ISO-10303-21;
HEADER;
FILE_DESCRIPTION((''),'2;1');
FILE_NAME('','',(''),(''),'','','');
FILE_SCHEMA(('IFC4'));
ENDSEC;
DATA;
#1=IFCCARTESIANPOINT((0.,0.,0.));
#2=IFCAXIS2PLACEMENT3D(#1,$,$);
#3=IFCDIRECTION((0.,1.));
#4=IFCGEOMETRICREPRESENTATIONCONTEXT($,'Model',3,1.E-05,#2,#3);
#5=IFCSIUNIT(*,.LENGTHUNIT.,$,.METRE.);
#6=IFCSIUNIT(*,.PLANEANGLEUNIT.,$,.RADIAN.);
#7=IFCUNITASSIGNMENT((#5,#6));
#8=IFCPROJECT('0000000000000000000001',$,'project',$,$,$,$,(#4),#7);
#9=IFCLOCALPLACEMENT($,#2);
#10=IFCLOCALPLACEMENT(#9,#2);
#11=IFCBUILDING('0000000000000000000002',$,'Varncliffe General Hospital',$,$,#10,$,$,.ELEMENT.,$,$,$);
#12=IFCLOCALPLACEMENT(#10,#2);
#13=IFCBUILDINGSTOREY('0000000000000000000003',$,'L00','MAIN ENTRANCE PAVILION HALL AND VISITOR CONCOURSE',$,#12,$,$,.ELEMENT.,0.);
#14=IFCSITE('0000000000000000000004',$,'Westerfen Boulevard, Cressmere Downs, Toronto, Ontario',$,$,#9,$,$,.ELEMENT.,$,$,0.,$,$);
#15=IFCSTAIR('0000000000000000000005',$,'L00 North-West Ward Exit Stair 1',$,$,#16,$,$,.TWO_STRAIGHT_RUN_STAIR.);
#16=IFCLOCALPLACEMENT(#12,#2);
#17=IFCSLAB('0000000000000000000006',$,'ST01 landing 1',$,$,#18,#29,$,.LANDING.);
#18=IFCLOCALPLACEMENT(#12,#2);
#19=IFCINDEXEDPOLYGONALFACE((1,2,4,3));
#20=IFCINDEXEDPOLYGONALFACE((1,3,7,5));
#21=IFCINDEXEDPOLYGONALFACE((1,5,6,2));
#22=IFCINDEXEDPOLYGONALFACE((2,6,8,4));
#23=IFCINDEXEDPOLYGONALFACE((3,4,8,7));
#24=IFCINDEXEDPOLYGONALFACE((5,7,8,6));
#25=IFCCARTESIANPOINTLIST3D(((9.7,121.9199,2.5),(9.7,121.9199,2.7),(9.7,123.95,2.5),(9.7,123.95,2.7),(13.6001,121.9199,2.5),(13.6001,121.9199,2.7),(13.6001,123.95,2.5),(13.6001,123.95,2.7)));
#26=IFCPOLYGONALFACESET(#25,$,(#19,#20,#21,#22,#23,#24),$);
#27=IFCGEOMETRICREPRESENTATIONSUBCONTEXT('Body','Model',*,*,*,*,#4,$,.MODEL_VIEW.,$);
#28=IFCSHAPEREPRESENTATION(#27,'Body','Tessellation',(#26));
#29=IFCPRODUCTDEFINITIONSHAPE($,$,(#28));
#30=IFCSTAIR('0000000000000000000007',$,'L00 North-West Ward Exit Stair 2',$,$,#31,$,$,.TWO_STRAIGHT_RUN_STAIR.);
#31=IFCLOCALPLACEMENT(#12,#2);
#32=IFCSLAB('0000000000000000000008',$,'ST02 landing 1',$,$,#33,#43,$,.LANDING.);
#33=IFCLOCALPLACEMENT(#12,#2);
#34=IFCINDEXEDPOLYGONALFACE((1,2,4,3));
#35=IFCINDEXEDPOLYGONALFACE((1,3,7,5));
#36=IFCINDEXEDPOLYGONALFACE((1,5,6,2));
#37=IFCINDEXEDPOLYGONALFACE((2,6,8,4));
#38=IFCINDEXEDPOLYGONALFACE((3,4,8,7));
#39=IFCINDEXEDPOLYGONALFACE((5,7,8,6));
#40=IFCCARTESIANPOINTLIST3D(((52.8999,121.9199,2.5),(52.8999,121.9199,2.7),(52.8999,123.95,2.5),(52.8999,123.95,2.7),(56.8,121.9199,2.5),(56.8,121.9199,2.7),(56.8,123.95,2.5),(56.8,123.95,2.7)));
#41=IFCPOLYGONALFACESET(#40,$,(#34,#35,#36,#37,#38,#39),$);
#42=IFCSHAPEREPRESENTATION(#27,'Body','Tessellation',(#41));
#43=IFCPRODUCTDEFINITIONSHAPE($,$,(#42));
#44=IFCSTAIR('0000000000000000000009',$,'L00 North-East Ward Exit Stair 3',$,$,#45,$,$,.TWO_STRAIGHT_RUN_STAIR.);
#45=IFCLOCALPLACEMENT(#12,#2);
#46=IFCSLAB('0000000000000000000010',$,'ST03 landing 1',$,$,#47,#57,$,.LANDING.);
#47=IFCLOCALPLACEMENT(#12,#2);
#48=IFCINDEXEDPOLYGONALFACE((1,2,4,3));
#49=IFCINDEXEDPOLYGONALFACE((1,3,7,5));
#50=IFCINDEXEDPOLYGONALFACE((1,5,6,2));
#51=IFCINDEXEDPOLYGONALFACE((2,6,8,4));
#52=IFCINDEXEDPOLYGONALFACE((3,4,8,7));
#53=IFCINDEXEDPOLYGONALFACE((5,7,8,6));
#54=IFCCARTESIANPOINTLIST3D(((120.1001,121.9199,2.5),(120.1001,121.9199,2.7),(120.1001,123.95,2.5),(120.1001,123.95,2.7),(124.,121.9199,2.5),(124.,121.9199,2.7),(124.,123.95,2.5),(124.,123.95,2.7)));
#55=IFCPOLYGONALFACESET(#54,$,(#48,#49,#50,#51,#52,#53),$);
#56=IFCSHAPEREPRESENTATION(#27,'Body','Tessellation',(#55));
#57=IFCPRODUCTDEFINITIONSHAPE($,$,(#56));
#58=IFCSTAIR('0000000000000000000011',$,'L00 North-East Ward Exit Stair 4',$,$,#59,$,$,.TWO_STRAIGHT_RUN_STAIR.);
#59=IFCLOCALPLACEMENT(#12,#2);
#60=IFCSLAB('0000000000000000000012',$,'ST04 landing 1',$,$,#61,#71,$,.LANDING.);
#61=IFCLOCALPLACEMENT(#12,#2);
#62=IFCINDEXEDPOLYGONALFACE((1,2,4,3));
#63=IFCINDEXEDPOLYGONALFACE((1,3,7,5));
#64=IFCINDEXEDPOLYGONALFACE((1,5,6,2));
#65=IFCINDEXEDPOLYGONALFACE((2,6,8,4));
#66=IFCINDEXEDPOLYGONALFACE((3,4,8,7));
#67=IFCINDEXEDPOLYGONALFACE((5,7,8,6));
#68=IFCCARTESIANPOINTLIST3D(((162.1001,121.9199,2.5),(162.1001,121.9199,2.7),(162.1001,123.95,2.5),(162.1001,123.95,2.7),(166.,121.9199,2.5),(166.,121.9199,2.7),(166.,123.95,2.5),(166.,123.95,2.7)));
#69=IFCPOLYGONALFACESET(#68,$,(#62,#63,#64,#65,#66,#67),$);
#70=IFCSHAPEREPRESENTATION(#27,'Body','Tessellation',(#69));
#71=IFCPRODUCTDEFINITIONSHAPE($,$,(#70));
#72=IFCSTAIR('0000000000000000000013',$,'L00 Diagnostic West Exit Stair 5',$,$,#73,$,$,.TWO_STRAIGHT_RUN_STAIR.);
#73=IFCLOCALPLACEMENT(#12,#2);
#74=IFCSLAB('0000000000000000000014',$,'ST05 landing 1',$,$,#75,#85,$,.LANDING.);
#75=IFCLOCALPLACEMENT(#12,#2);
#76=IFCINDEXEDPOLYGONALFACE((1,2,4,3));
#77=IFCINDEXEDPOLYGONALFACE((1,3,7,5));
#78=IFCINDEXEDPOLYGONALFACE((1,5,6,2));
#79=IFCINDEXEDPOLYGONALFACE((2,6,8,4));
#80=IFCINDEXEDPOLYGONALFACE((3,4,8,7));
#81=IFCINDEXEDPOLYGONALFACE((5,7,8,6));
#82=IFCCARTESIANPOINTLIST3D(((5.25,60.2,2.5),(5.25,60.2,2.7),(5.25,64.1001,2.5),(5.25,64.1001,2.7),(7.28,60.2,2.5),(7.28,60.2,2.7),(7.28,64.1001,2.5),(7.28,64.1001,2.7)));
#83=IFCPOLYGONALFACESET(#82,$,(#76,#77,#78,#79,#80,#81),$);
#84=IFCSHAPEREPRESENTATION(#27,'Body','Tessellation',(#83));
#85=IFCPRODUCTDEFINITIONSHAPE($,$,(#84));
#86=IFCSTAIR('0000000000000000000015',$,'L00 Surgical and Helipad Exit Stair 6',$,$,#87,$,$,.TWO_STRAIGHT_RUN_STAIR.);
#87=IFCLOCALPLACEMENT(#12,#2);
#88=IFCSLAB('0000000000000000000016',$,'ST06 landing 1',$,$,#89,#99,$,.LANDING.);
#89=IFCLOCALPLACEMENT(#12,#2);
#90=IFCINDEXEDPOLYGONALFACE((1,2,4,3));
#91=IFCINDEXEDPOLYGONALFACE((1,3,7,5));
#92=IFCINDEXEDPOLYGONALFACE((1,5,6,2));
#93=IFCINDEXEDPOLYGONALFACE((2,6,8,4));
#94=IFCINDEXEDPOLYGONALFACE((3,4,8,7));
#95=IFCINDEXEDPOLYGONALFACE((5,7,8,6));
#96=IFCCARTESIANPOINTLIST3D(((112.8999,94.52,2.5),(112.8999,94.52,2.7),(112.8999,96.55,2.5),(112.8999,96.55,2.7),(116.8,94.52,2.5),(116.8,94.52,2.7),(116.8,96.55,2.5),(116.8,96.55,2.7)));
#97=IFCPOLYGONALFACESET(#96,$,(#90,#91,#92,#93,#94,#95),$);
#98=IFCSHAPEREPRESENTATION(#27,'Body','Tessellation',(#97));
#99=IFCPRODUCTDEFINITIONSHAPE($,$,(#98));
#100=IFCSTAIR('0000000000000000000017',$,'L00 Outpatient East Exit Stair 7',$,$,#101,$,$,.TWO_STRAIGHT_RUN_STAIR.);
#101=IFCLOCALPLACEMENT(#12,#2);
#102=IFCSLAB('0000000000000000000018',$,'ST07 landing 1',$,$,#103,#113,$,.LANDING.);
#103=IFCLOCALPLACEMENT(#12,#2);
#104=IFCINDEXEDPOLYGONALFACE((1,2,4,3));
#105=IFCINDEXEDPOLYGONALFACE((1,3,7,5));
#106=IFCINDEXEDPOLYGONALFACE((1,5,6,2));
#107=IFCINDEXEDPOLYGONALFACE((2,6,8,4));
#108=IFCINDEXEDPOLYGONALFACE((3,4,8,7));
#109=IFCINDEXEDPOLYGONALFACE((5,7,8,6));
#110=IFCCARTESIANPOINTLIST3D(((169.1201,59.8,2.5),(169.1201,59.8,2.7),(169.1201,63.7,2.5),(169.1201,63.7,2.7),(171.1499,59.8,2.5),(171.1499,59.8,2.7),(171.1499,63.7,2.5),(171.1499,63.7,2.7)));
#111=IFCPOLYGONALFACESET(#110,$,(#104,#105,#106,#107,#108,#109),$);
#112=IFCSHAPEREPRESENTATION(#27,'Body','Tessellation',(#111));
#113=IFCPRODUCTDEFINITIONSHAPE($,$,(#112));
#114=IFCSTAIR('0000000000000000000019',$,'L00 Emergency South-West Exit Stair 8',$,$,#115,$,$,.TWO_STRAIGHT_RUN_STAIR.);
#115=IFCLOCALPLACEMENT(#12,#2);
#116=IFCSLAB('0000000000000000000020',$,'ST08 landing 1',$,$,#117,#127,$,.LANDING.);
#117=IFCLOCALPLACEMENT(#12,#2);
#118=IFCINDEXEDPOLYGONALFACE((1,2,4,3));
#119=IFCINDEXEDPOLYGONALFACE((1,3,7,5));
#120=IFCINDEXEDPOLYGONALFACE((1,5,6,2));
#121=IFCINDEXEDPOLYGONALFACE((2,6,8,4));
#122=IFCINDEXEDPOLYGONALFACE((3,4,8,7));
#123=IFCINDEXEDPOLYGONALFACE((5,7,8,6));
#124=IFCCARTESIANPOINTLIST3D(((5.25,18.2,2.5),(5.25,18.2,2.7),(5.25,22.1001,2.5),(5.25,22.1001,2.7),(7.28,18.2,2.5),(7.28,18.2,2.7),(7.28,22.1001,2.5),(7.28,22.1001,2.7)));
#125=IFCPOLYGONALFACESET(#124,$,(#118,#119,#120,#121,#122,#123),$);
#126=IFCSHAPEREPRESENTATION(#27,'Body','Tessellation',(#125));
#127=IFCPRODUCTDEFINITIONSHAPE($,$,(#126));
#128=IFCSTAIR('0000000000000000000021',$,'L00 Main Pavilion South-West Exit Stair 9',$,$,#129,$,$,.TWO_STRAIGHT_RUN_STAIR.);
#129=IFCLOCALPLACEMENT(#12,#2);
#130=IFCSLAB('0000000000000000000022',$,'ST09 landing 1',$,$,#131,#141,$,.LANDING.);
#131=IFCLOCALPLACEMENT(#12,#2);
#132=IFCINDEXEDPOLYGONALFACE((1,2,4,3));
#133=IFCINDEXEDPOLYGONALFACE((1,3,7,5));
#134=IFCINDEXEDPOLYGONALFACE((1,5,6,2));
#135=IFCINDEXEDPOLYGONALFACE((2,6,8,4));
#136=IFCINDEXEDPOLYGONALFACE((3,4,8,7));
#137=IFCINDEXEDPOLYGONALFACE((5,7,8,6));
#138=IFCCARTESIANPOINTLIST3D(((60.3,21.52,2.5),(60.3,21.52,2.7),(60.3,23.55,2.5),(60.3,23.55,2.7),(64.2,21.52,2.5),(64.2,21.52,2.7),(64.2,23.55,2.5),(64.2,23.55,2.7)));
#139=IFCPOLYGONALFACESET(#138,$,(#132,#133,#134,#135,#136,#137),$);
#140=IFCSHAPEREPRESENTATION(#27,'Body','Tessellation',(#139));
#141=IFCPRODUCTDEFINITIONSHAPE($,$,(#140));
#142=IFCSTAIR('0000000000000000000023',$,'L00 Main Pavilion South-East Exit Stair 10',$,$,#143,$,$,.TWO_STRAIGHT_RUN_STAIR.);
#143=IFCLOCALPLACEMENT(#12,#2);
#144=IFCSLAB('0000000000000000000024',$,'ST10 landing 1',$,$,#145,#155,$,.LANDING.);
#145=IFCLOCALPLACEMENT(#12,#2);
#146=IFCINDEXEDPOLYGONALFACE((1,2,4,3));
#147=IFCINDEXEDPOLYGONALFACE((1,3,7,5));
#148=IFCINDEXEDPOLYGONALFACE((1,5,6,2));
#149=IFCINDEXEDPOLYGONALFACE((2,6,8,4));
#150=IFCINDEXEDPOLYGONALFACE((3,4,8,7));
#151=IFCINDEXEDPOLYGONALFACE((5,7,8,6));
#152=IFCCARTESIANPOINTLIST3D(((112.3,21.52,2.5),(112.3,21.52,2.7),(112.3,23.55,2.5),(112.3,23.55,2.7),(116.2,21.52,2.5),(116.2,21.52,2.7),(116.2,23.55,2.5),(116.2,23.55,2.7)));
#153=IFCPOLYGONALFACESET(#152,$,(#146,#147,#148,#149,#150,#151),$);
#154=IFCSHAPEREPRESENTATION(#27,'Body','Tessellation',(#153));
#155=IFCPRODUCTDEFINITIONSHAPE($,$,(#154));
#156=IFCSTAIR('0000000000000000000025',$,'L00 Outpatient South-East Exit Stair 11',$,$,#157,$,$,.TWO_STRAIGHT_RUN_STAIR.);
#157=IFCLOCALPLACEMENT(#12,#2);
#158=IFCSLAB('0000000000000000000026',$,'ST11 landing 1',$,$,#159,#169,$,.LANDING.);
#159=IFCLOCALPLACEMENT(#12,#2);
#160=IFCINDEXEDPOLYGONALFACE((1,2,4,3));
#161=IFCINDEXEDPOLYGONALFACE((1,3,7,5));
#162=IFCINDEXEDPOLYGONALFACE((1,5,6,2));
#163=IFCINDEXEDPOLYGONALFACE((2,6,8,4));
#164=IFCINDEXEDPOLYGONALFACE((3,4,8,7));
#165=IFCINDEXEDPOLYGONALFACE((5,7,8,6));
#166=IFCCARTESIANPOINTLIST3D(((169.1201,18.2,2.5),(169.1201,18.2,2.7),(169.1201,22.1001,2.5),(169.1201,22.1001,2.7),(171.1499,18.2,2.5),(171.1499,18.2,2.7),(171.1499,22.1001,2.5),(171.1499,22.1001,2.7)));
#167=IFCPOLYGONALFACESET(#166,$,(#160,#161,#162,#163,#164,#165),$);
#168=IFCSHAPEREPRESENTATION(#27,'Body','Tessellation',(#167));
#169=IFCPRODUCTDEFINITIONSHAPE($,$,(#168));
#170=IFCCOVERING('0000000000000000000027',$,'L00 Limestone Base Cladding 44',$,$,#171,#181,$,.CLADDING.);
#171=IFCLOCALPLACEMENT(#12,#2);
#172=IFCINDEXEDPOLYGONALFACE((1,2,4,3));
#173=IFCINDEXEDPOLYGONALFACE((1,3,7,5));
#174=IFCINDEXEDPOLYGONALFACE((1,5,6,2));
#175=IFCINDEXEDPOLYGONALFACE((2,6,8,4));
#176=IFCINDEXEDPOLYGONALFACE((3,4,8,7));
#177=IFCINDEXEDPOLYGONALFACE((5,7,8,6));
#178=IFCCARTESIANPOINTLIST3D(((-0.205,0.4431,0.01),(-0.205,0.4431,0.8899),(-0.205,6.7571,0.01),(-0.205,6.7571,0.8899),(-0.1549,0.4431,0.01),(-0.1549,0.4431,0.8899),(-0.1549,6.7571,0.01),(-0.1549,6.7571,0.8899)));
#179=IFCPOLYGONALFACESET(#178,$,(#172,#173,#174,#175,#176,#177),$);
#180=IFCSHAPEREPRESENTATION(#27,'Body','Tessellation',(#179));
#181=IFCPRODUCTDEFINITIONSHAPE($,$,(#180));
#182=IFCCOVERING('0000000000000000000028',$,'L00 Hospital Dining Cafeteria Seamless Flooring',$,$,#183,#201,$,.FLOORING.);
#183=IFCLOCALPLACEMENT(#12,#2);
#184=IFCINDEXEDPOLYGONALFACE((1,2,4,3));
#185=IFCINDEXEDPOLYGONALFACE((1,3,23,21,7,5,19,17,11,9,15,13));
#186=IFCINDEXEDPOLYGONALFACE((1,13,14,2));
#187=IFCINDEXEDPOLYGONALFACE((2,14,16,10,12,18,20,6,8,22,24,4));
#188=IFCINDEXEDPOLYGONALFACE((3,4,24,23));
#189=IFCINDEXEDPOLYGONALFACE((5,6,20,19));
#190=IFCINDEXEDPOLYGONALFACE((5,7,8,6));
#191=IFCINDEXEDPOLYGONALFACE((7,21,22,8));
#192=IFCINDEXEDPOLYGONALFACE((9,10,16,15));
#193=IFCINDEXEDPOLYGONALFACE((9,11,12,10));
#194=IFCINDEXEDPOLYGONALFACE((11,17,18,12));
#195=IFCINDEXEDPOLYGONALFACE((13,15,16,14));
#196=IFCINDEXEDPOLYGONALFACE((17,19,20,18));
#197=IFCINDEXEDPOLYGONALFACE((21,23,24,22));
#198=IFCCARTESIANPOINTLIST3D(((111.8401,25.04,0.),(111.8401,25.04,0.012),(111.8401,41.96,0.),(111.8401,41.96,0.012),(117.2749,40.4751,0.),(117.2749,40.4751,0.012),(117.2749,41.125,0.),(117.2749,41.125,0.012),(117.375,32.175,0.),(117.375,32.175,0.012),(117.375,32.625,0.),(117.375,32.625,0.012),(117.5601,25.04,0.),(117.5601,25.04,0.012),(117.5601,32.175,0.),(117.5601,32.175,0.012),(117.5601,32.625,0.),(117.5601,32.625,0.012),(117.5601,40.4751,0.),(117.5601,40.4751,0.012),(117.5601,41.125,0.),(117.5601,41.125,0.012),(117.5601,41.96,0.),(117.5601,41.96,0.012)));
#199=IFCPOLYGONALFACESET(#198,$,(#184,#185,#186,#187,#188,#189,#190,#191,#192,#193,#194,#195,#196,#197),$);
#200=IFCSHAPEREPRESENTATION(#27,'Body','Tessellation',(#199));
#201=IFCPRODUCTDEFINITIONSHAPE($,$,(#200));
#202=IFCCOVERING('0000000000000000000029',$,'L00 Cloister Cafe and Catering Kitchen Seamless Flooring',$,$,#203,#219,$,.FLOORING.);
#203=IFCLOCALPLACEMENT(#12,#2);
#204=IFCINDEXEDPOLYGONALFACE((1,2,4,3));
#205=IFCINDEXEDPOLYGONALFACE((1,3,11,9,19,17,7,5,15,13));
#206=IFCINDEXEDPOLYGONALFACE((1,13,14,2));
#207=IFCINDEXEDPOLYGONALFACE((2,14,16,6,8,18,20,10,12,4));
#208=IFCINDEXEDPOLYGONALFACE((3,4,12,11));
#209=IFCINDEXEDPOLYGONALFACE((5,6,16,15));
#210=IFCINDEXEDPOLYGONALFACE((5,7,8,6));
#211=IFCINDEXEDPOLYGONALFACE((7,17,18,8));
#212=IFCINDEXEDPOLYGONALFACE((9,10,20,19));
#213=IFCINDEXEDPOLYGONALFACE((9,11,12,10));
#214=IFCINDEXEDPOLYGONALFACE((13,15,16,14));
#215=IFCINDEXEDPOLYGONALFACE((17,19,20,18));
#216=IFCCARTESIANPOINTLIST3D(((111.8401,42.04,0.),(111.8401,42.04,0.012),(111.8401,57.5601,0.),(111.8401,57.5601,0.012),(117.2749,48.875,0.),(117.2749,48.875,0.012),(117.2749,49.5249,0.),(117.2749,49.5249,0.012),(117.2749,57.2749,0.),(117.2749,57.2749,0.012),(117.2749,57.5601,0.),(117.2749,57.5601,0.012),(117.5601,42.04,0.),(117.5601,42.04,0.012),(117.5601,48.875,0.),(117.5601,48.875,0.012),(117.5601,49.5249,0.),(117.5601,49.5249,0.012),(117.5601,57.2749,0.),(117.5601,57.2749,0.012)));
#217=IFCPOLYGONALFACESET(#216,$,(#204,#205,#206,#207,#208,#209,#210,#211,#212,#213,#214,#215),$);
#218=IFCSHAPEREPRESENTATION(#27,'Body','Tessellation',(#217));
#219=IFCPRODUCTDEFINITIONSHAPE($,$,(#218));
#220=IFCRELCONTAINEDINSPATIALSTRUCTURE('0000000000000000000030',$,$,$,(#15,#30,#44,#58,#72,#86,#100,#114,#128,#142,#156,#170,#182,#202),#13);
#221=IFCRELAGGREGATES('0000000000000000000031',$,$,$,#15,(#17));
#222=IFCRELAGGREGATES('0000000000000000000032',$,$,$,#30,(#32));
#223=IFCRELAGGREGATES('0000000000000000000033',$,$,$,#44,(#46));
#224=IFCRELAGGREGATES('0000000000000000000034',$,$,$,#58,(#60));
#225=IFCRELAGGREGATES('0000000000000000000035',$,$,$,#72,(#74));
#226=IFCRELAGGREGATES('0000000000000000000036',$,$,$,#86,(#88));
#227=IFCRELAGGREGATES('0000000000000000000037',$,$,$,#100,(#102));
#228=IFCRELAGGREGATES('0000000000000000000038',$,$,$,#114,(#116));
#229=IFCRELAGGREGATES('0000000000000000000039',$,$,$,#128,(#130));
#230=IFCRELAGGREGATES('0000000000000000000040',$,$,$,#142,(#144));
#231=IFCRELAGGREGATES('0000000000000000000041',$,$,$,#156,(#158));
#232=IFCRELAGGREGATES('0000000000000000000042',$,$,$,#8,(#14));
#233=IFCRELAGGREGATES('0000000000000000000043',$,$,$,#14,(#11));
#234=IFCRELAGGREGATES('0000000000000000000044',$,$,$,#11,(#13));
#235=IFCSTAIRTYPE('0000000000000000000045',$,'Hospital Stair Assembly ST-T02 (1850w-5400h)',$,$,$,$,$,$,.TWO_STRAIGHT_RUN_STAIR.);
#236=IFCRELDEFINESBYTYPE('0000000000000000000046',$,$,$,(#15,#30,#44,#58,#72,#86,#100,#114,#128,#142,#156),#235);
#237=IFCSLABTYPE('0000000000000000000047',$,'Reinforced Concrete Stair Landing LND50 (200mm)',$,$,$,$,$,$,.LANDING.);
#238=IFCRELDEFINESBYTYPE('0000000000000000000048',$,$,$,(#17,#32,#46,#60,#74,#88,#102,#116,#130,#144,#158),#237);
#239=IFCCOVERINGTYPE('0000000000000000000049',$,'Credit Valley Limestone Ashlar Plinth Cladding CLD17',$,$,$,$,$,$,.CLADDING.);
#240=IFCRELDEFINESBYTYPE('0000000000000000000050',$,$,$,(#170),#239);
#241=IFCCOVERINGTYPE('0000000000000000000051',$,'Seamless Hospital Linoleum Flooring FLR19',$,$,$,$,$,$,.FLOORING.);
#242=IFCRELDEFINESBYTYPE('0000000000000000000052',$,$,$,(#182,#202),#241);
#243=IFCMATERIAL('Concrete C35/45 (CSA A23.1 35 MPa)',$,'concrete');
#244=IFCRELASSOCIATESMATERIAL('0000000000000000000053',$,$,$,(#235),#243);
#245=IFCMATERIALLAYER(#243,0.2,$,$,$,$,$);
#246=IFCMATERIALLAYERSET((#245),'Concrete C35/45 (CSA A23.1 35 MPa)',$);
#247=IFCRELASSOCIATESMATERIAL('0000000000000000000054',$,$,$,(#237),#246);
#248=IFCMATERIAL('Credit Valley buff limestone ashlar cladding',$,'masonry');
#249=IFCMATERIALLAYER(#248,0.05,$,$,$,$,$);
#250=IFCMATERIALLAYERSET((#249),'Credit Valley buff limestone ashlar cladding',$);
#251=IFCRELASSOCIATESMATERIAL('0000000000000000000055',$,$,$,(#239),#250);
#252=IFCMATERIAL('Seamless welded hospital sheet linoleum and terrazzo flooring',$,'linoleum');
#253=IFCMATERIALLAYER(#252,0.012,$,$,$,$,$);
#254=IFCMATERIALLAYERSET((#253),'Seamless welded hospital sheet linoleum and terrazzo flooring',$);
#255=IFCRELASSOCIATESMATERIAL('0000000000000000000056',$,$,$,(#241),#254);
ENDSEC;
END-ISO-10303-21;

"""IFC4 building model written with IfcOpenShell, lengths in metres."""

from ifc_helpers import new_model, si_unit, direction, frame, origin, origin_2d, place, context, subcontext, project, spatial, polyline, rectangle, outline, extrude, material, layer, layer_set, type_object, element, aggregate, save


model = new_model("IFC4")

# Units and contexts
model_context = context("Model", 3, precision=1e-05, world=origin(), true_north=direction((0.0, 1.0)))
body_context = subcontext(model_context, "Body", "Model", "MODEL_VIEW")
ifc_project = project(units=[si_unit("LENGTHUNIT", "METRE"), si_unit("PLANEANGLEUNIT", "RADIAN")], contexts=[model_context])

# Site, building, storey
site_placement = place(None, origin())
site = spatial("IfcSite", under=ifc_project, at=site_placement, Name="Westerfen Boulevard, Cressmere Downs, Toronto, Ontario", CompositionType="ELEMENT", RefElevation=0.0)
building_placement = place(site_placement, origin())
building = spatial("IfcBuilding", under=site, at=building_placement, Name="Varncliffe General Hospital", CompositionType="ELEMENT")
storey_placement = place(building_placement, origin())
storey = spatial("IfcBuildingStorey", under=building, at=storey_placement, Name="L00", Description="MAIN ENTRANCE PAVILION HALL AND VISITOR CONCOURSE", CompositionType="ELEMENT", Elevation=0.0)

# Stairs, slabs
ifc_material_1 = material(Name="Concrete C35/45 (CSA A23.1 35 MPa)", Category="concrete")
stair_type = type_object("IfcStairType", Name="Hospital Stair Assembly ST-T02 (1850w-5400h)", PredefinedType="TWO_STRAIGHT_RUN_STAIR", material=ifc_material_1)
stair_1_placement = place(storey_placement, origin())
stair_1 = element("IfcStair", 1, at=stair_1_placement, inside=storey, type_object=stair_type, Name="L00 North-West Ward Exit Stair 1", PredefinedType="TWO_STRAIGHT_RUN_STAIR")
ifc_layer_1 = layer(ifc_material_1, 0.2)
ifc_layer_set_1 = layer_set([ifc_layer_1], Name="Concrete C35/45 (CSA A23.1 35 MPa)")
slab_type = type_object("IfcSlabType", Name="Reinforced Concrete Stair Landing LND50 (200mm)", PredefinedType="LANDING", material=ifc_layer_set_1)
slab_1_placement = place(storey_placement, frame((0.0, 0.0, 2.5)))
slab_1 = element("IfcSlab", 2, at=slab_1_placement, type_object=slab_type, Name="ST01 landing 1", PredefinedType="LANDING", context=body_context, shape_type="SweptSolid", body=[
    extrude(outline(polyline([(13.6001, 121.9199), (13.6001, 123.95), (9.7, 123.95), (9.7, 121.9199), (13.6001, 121.9199)])), origin(), (0.0, 0.0, 1.0), 0.2),
])
aggregate(stair_1, [slab_1])
stair_2_placement = place(storey_placement, origin())
stair_2 = element("IfcStair", 3, at=stair_2_placement, inside=storey, type_object=stair_type, Name="L00 North-West Ward Exit Stair 2", PredefinedType="TWO_STRAIGHT_RUN_STAIR")
slab_2_placement = place(storey_placement, frame((0.0, 0.0, 2.5)))
slab_2 = element("IfcSlab", 4, at=slab_2_placement, type_object=slab_type, Name="ST02 landing 1", PredefinedType="LANDING", context=body_context, shape_type="SweptSolid", body=[
    extrude(outline(polyline([(56.8, 121.9199), (56.8, 123.95), (52.8999, 123.95), (52.8999, 121.9199), (56.8, 121.9199)])), origin(), (0.0, 0.0, 1.0), 0.2),
])
aggregate(stair_2, [slab_2])
stair_3_placement = place(storey_placement, origin())
stair_3 = element("IfcStair", 5, at=stair_3_placement, inside=storey, type_object=stair_type, Name="L00 North-East Ward Exit Stair 3", PredefinedType="TWO_STRAIGHT_RUN_STAIR")
slab_3_placement = place(storey_placement, frame((0.0, 0.0, 2.5)))
slab_3 = element("IfcSlab", 6, at=slab_3_placement, type_object=slab_type, Name="ST03 landing 1", PredefinedType="LANDING", context=body_context, shape_type="SweptSolid", body=[
    extrude(outline(polyline([(124.0, 121.9199), (124.0, 123.95), (120.1001, 123.95), (120.1001, 121.9199), (124.0, 121.9199)])), origin(), (0.0, 0.0, 1.0), 0.2),
])
aggregate(stair_3, [slab_3])
stair_4_placement = place(storey_placement, origin())
stair_4 = element("IfcStair", 7, at=stair_4_placement, inside=storey, type_object=stair_type, Name="L00 North-East Ward Exit Stair 4", PredefinedType="TWO_STRAIGHT_RUN_STAIR")
slab_4_placement = place(storey_placement, frame((0.0, 0.0, 2.5)))
slab_4 = element("IfcSlab", 8, at=slab_4_placement, type_object=slab_type, Name="ST04 landing 1", PredefinedType="LANDING", context=body_context, shape_type="SweptSolid", body=[
    extrude(outline(polyline([(166.0, 121.9199), (166.0, 123.95), (162.1001, 123.95), (162.1001, 121.9199), (166.0, 121.9199)])), origin(), (0.0, 0.0, 1.0), 0.2),
])
aggregate(stair_4, [slab_4])
stair_5_placement = place(storey_placement, origin())
stair_5 = element("IfcStair", 9, at=stair_5_placement, inside=storey, type_object=stair_type, Name="L00 Diagnostic West Exit Stair 5", PredefinedType="TWO_STRAIGHT_RUN_STAIR")
slab_5_placement = place(storey_placement, frame((0.0, 0.0, 2.5)))
slab_5 = element("IfcSlab", 10, at=slab_5_placement, type_object=slab_type, Name="ST05 landing 1", PredefinedType="LANDING", context=body_context, shape_type="SweptSolid", body=[
    extrude(outline(polyline([(7.28, 64.1001), (5.25, 64.1001), (5.25, 60.2), (7.28, 60.2), (7.28, 64.1001)])), origin(), (0.0, 0.0, 1.0), 0.2),
])
aggregate(stair_5, [slab_5])
stair_6_placement = place(storey_placement, origin())
stair_6 = element("IfcStair", 11, at=stair_6_placement, inside=storey, type_object=stair_type, Name="L00 Surgical and Helipad Exit Stair 6", PredefinedType="TWO_STRAIGHT_RUN_STAIR")
slab_6_placement = place(storey_placement, frame((0.0, 0.0, 2.5)))
slab_6 = element("IfcSlab", 12, at=slab_6_placement, type_object=slab_type, Name="ST06 landing 1", PredefinedType="LANDING", context=body_context, shape_type="SweptSolid", body=[
    extrude(outline(polyline([(116.8, 94.52), (116.8, 96.55), (112.8999, 96.55), (112.8999, 94.52), (116.8, 94.52)])), origin(), (0.0, 0.0, 1.0), 0.2),
])
aggregate(stair_6, [slab_6])
stair_7_placement = place(storey_placement, origin())
stair_7 = element("IfcStair", 13, at=stair_7_placement, inside=storey, type_object=stair_type, Name="L00 Outpatient East Exit Stair 7", PredefinedType="TWO_STRAIGHT_RUN_STAIR")
slab_7_placement = place(storey_placement, frame((0.0, 0.0, 2.5)))
slab_7 = element("IfcSlab", 14, at=slab_7_placement, type_object=slab_type, Name="ST07 landing 1", PredefinedType="LANDING", context=body_context, shape_type="SweptSolid", body=[
    extrude(outline(polyline([(169.1201, 59.8), (171.1499, 59.8), (171.1499, 63.7), (169.1201, 63.7), (169.1201, 59.8)])), origin(), (0.0, 0.0, 1.0), 0.2),
])
aggregate(stair_7, [slab_7])
stair_8_placement = place(storey_placement, origin())
stair_8 = element("IfcStair", 15, at=stair_8_placement, inside=storey, type_object=stair_type, Name="L00 Emergency South-West Exit Stair 8", PredefinedType="TWO_STRAIGHT_RUN_STAIR")
slab_8_placement = place(storey_placement, frame((0.0, 0.0, 2.5)))
slab_8 = element("IfcSlab", 16, at=slab_8_placement, type_object=slab_type, Name="ST08 landing 1", PredefinedType="LANDING", context=body_context, shape_type="SweptSolid", body=[
    extrude(outline(polyline([(7.28, 22.1001), (5.25, 22.1001), (5.25, 18.2), (7.28, 18.2), (7.28, 22.1001)])), origin(), (0.0, 0.0, 1.0), 0.2),
])
aggregate(stair_8, [slab_8])
stair_9_placement = place(storey_placement, origin())
stair_9 = element("IfcStair", 17, at=stair_9_placement, inside=storey, type_object=stair_type, Name="L00 Main Pavilion South-West Exit Stair 9", PredefinedType="TWO_STRAIGHT_RUN_STAIR")
slab_9_placement = place(storey_placement, frame((0.0, 0.0, 2.5)))
slab_9 = element("IfcSlab", 18, at=slab_9_placement, type_object=slab_type, Name="ST09 landing 1", PredefinedType="LANDING", context=body_context, shape_type="SweptSolid", body=[
    extrude(outline(polyline([(64.2, 21.52), (64.2, 23.55), (60.3, 23.55), (60.3, 21.52), (64.2, 21.52)])), origin(), (0.0, 0.0, 1.0), 0.2),
])
aggregate(stair_9, [slab_9])
stair_10_placement = place(storey_placement, origin())
stair_10 = element("IfcStair", 19, at=stair_10_placement, inside=storey, type_object=stair_type, Name="L00 Main Pavilion South-East Exit Stair 10", PredefinedType="TWO_STRAIGHT_RUN_STAIR")
slab_10_placement = place(storey_placement, frame((0.0, 0.0, 2.5)))
slab_10 = element("IfcSlab", 20, at=slab_10_placement, type_object=slab_type, Name="ST10 landing 1", PredefinedType="LANDING", context=body_context, shape_type="SweptSolid", body=[
    extrude(outline(polyline([(116.2, 21.52), (116.2, 23.55), (112.3, 23.55), (112.3, 21.52), (116.2, 21.52)])), origin(), (0.0, 0.0, 1.0), 0.2),
])
aggregate(stair_10, [slab_10])
stair_11_placement = place(storey_placement, origin())
stair_11 = element("IfcStair", 21, at=stair_11_placement, inside=storey, type_object=stair_type, Name="L00 Outpatient South-East Exit Stair 11", PredefinedType="TWO_STRAIGHT_RUN_STAIR")
slab_11_placement = place(storey_placement, frame((0.0, 0.0, 2.5)))
slab_11 = element("IfcSlab", 22, at=slab_11_placement, type_object=slab_type, Name="ST11 landing 1", PredefinedType="LANDING", context=body_context, shape_type="SweptSolid", body=[
    extrude(outline(polyline([(169.1201, 18.2), (171.1499, 18.2), (171.1499, 22.1001), (169.1201, 22.1001), (169.1201, 18.2)])), origin(), (0.0, 0.0, 1.0), 0.2),
])
aggregate(stair_11, [slab_11])

# Coverings
ifc_material_2 = material(Name="Credit Valley buff limestone ashlar cladding", Category="masonry")
ifc_layer_2 = layer(ifc_material_2, 0.05)
ifc_layer_set_2 = layer_set([ifc_layer_2], Name="Credit Valley buff limestone ashlar cladding")
covering_type_1 = type_object("IfcCoveringType", Name="Credit Valley Limestone Ashlar Plinth Cladding CLD17", PredefinedType="CLADDING", material=ifc_layer_set_2)
covering_1_placement = place(storey_placement, frame((-0.1799, 3.6001, 0.01), z_axis=(0.0, 0.0, 1.0), x_axis=(0.0, 1.0, 0.0)))
element("IfcCovering", 23, at=covering_1_placement, inside=storey, type_object=covering_type_1, Name="L00 Limestone Base Cladding 44", PredefinedType="CLADDING", context=body_context, shape_type="SweptSolid", body=[
    extrude(rectangle(XDim=6.314, YDim=0.05, at=origin_2d()), origin(), (0.0, 0.0, 1.0), 0.8799),
])
ifc_material_3 = material(Name="Seamless welded hospital sheet linoleum and terrazzo flooring", Category="linoleum")
ifc_layer_3 = layer(ifc_material_3, 0.012)
ifc_layer_set_3 = layer_set([ifc_layer_3], Name="Seamless welded hospital sheet linoleum and terrazzo flooring")
covering_type_2 = type_object("IfcCoveringType", Name="Seamless Hospital Linoleum Flooring FLR19", PredefinedType="FLOORING", material=ifc_layer_set_3)
covering_2_placement = place(storey_placement, origin())
element("IfcCovering", 24, at=covering_2_placement, inside=storey, type_object=covering_type_2, Name="L00 Hospital Dining Cafeteria Seamless Flooring", PredefinedType="FLOORING", context=body_context, shape_type="SweptSolid", body=[
    extrude(outline(polyline([(111.8401, 25.04), (111.8401, 41.96), (117.5601, 41.96), (117.5601, 41.125), (117.2749, 41.125), (117.2749, 40.4751), (117.5601, 40.4751), (117.5601, 32.625), (117.375, 32.625), (117.375, 32.175), (117.5601, 32.175), (117.5601, 25.04), (111.8401, 25.04)])), origin(), (0.0, 0.0, 1.0), 0.012),
])
covering_3_placement = place(storey_placement, origin())
element("IfcCovering", 25, at=covering_3_placement, inside=storey, type_object=covering_type_2, Name="L00 Cloister Cafe and Catering Kitchen Seamless Flooring", PredefinedType="FLOORING", context=body_context, shape_type="SweptSolid", body=[
    extrude(outline(polyline([(111.8401, 42.04), (111.8401, 57.5601), (117.2749, 57.5601), (117.2749, 57.2749), (117.5601, 57.2749), (117.5601, 49.5249), (117.2749, 49.5249), (117.2749, 48.875), (117.5601, 48.875), (117.5601, 42.04), (111.8401, 42.04)])), origin(), (0.0, 0.0, 1.0), 0.012),
])

save(model, "model.ifc")
